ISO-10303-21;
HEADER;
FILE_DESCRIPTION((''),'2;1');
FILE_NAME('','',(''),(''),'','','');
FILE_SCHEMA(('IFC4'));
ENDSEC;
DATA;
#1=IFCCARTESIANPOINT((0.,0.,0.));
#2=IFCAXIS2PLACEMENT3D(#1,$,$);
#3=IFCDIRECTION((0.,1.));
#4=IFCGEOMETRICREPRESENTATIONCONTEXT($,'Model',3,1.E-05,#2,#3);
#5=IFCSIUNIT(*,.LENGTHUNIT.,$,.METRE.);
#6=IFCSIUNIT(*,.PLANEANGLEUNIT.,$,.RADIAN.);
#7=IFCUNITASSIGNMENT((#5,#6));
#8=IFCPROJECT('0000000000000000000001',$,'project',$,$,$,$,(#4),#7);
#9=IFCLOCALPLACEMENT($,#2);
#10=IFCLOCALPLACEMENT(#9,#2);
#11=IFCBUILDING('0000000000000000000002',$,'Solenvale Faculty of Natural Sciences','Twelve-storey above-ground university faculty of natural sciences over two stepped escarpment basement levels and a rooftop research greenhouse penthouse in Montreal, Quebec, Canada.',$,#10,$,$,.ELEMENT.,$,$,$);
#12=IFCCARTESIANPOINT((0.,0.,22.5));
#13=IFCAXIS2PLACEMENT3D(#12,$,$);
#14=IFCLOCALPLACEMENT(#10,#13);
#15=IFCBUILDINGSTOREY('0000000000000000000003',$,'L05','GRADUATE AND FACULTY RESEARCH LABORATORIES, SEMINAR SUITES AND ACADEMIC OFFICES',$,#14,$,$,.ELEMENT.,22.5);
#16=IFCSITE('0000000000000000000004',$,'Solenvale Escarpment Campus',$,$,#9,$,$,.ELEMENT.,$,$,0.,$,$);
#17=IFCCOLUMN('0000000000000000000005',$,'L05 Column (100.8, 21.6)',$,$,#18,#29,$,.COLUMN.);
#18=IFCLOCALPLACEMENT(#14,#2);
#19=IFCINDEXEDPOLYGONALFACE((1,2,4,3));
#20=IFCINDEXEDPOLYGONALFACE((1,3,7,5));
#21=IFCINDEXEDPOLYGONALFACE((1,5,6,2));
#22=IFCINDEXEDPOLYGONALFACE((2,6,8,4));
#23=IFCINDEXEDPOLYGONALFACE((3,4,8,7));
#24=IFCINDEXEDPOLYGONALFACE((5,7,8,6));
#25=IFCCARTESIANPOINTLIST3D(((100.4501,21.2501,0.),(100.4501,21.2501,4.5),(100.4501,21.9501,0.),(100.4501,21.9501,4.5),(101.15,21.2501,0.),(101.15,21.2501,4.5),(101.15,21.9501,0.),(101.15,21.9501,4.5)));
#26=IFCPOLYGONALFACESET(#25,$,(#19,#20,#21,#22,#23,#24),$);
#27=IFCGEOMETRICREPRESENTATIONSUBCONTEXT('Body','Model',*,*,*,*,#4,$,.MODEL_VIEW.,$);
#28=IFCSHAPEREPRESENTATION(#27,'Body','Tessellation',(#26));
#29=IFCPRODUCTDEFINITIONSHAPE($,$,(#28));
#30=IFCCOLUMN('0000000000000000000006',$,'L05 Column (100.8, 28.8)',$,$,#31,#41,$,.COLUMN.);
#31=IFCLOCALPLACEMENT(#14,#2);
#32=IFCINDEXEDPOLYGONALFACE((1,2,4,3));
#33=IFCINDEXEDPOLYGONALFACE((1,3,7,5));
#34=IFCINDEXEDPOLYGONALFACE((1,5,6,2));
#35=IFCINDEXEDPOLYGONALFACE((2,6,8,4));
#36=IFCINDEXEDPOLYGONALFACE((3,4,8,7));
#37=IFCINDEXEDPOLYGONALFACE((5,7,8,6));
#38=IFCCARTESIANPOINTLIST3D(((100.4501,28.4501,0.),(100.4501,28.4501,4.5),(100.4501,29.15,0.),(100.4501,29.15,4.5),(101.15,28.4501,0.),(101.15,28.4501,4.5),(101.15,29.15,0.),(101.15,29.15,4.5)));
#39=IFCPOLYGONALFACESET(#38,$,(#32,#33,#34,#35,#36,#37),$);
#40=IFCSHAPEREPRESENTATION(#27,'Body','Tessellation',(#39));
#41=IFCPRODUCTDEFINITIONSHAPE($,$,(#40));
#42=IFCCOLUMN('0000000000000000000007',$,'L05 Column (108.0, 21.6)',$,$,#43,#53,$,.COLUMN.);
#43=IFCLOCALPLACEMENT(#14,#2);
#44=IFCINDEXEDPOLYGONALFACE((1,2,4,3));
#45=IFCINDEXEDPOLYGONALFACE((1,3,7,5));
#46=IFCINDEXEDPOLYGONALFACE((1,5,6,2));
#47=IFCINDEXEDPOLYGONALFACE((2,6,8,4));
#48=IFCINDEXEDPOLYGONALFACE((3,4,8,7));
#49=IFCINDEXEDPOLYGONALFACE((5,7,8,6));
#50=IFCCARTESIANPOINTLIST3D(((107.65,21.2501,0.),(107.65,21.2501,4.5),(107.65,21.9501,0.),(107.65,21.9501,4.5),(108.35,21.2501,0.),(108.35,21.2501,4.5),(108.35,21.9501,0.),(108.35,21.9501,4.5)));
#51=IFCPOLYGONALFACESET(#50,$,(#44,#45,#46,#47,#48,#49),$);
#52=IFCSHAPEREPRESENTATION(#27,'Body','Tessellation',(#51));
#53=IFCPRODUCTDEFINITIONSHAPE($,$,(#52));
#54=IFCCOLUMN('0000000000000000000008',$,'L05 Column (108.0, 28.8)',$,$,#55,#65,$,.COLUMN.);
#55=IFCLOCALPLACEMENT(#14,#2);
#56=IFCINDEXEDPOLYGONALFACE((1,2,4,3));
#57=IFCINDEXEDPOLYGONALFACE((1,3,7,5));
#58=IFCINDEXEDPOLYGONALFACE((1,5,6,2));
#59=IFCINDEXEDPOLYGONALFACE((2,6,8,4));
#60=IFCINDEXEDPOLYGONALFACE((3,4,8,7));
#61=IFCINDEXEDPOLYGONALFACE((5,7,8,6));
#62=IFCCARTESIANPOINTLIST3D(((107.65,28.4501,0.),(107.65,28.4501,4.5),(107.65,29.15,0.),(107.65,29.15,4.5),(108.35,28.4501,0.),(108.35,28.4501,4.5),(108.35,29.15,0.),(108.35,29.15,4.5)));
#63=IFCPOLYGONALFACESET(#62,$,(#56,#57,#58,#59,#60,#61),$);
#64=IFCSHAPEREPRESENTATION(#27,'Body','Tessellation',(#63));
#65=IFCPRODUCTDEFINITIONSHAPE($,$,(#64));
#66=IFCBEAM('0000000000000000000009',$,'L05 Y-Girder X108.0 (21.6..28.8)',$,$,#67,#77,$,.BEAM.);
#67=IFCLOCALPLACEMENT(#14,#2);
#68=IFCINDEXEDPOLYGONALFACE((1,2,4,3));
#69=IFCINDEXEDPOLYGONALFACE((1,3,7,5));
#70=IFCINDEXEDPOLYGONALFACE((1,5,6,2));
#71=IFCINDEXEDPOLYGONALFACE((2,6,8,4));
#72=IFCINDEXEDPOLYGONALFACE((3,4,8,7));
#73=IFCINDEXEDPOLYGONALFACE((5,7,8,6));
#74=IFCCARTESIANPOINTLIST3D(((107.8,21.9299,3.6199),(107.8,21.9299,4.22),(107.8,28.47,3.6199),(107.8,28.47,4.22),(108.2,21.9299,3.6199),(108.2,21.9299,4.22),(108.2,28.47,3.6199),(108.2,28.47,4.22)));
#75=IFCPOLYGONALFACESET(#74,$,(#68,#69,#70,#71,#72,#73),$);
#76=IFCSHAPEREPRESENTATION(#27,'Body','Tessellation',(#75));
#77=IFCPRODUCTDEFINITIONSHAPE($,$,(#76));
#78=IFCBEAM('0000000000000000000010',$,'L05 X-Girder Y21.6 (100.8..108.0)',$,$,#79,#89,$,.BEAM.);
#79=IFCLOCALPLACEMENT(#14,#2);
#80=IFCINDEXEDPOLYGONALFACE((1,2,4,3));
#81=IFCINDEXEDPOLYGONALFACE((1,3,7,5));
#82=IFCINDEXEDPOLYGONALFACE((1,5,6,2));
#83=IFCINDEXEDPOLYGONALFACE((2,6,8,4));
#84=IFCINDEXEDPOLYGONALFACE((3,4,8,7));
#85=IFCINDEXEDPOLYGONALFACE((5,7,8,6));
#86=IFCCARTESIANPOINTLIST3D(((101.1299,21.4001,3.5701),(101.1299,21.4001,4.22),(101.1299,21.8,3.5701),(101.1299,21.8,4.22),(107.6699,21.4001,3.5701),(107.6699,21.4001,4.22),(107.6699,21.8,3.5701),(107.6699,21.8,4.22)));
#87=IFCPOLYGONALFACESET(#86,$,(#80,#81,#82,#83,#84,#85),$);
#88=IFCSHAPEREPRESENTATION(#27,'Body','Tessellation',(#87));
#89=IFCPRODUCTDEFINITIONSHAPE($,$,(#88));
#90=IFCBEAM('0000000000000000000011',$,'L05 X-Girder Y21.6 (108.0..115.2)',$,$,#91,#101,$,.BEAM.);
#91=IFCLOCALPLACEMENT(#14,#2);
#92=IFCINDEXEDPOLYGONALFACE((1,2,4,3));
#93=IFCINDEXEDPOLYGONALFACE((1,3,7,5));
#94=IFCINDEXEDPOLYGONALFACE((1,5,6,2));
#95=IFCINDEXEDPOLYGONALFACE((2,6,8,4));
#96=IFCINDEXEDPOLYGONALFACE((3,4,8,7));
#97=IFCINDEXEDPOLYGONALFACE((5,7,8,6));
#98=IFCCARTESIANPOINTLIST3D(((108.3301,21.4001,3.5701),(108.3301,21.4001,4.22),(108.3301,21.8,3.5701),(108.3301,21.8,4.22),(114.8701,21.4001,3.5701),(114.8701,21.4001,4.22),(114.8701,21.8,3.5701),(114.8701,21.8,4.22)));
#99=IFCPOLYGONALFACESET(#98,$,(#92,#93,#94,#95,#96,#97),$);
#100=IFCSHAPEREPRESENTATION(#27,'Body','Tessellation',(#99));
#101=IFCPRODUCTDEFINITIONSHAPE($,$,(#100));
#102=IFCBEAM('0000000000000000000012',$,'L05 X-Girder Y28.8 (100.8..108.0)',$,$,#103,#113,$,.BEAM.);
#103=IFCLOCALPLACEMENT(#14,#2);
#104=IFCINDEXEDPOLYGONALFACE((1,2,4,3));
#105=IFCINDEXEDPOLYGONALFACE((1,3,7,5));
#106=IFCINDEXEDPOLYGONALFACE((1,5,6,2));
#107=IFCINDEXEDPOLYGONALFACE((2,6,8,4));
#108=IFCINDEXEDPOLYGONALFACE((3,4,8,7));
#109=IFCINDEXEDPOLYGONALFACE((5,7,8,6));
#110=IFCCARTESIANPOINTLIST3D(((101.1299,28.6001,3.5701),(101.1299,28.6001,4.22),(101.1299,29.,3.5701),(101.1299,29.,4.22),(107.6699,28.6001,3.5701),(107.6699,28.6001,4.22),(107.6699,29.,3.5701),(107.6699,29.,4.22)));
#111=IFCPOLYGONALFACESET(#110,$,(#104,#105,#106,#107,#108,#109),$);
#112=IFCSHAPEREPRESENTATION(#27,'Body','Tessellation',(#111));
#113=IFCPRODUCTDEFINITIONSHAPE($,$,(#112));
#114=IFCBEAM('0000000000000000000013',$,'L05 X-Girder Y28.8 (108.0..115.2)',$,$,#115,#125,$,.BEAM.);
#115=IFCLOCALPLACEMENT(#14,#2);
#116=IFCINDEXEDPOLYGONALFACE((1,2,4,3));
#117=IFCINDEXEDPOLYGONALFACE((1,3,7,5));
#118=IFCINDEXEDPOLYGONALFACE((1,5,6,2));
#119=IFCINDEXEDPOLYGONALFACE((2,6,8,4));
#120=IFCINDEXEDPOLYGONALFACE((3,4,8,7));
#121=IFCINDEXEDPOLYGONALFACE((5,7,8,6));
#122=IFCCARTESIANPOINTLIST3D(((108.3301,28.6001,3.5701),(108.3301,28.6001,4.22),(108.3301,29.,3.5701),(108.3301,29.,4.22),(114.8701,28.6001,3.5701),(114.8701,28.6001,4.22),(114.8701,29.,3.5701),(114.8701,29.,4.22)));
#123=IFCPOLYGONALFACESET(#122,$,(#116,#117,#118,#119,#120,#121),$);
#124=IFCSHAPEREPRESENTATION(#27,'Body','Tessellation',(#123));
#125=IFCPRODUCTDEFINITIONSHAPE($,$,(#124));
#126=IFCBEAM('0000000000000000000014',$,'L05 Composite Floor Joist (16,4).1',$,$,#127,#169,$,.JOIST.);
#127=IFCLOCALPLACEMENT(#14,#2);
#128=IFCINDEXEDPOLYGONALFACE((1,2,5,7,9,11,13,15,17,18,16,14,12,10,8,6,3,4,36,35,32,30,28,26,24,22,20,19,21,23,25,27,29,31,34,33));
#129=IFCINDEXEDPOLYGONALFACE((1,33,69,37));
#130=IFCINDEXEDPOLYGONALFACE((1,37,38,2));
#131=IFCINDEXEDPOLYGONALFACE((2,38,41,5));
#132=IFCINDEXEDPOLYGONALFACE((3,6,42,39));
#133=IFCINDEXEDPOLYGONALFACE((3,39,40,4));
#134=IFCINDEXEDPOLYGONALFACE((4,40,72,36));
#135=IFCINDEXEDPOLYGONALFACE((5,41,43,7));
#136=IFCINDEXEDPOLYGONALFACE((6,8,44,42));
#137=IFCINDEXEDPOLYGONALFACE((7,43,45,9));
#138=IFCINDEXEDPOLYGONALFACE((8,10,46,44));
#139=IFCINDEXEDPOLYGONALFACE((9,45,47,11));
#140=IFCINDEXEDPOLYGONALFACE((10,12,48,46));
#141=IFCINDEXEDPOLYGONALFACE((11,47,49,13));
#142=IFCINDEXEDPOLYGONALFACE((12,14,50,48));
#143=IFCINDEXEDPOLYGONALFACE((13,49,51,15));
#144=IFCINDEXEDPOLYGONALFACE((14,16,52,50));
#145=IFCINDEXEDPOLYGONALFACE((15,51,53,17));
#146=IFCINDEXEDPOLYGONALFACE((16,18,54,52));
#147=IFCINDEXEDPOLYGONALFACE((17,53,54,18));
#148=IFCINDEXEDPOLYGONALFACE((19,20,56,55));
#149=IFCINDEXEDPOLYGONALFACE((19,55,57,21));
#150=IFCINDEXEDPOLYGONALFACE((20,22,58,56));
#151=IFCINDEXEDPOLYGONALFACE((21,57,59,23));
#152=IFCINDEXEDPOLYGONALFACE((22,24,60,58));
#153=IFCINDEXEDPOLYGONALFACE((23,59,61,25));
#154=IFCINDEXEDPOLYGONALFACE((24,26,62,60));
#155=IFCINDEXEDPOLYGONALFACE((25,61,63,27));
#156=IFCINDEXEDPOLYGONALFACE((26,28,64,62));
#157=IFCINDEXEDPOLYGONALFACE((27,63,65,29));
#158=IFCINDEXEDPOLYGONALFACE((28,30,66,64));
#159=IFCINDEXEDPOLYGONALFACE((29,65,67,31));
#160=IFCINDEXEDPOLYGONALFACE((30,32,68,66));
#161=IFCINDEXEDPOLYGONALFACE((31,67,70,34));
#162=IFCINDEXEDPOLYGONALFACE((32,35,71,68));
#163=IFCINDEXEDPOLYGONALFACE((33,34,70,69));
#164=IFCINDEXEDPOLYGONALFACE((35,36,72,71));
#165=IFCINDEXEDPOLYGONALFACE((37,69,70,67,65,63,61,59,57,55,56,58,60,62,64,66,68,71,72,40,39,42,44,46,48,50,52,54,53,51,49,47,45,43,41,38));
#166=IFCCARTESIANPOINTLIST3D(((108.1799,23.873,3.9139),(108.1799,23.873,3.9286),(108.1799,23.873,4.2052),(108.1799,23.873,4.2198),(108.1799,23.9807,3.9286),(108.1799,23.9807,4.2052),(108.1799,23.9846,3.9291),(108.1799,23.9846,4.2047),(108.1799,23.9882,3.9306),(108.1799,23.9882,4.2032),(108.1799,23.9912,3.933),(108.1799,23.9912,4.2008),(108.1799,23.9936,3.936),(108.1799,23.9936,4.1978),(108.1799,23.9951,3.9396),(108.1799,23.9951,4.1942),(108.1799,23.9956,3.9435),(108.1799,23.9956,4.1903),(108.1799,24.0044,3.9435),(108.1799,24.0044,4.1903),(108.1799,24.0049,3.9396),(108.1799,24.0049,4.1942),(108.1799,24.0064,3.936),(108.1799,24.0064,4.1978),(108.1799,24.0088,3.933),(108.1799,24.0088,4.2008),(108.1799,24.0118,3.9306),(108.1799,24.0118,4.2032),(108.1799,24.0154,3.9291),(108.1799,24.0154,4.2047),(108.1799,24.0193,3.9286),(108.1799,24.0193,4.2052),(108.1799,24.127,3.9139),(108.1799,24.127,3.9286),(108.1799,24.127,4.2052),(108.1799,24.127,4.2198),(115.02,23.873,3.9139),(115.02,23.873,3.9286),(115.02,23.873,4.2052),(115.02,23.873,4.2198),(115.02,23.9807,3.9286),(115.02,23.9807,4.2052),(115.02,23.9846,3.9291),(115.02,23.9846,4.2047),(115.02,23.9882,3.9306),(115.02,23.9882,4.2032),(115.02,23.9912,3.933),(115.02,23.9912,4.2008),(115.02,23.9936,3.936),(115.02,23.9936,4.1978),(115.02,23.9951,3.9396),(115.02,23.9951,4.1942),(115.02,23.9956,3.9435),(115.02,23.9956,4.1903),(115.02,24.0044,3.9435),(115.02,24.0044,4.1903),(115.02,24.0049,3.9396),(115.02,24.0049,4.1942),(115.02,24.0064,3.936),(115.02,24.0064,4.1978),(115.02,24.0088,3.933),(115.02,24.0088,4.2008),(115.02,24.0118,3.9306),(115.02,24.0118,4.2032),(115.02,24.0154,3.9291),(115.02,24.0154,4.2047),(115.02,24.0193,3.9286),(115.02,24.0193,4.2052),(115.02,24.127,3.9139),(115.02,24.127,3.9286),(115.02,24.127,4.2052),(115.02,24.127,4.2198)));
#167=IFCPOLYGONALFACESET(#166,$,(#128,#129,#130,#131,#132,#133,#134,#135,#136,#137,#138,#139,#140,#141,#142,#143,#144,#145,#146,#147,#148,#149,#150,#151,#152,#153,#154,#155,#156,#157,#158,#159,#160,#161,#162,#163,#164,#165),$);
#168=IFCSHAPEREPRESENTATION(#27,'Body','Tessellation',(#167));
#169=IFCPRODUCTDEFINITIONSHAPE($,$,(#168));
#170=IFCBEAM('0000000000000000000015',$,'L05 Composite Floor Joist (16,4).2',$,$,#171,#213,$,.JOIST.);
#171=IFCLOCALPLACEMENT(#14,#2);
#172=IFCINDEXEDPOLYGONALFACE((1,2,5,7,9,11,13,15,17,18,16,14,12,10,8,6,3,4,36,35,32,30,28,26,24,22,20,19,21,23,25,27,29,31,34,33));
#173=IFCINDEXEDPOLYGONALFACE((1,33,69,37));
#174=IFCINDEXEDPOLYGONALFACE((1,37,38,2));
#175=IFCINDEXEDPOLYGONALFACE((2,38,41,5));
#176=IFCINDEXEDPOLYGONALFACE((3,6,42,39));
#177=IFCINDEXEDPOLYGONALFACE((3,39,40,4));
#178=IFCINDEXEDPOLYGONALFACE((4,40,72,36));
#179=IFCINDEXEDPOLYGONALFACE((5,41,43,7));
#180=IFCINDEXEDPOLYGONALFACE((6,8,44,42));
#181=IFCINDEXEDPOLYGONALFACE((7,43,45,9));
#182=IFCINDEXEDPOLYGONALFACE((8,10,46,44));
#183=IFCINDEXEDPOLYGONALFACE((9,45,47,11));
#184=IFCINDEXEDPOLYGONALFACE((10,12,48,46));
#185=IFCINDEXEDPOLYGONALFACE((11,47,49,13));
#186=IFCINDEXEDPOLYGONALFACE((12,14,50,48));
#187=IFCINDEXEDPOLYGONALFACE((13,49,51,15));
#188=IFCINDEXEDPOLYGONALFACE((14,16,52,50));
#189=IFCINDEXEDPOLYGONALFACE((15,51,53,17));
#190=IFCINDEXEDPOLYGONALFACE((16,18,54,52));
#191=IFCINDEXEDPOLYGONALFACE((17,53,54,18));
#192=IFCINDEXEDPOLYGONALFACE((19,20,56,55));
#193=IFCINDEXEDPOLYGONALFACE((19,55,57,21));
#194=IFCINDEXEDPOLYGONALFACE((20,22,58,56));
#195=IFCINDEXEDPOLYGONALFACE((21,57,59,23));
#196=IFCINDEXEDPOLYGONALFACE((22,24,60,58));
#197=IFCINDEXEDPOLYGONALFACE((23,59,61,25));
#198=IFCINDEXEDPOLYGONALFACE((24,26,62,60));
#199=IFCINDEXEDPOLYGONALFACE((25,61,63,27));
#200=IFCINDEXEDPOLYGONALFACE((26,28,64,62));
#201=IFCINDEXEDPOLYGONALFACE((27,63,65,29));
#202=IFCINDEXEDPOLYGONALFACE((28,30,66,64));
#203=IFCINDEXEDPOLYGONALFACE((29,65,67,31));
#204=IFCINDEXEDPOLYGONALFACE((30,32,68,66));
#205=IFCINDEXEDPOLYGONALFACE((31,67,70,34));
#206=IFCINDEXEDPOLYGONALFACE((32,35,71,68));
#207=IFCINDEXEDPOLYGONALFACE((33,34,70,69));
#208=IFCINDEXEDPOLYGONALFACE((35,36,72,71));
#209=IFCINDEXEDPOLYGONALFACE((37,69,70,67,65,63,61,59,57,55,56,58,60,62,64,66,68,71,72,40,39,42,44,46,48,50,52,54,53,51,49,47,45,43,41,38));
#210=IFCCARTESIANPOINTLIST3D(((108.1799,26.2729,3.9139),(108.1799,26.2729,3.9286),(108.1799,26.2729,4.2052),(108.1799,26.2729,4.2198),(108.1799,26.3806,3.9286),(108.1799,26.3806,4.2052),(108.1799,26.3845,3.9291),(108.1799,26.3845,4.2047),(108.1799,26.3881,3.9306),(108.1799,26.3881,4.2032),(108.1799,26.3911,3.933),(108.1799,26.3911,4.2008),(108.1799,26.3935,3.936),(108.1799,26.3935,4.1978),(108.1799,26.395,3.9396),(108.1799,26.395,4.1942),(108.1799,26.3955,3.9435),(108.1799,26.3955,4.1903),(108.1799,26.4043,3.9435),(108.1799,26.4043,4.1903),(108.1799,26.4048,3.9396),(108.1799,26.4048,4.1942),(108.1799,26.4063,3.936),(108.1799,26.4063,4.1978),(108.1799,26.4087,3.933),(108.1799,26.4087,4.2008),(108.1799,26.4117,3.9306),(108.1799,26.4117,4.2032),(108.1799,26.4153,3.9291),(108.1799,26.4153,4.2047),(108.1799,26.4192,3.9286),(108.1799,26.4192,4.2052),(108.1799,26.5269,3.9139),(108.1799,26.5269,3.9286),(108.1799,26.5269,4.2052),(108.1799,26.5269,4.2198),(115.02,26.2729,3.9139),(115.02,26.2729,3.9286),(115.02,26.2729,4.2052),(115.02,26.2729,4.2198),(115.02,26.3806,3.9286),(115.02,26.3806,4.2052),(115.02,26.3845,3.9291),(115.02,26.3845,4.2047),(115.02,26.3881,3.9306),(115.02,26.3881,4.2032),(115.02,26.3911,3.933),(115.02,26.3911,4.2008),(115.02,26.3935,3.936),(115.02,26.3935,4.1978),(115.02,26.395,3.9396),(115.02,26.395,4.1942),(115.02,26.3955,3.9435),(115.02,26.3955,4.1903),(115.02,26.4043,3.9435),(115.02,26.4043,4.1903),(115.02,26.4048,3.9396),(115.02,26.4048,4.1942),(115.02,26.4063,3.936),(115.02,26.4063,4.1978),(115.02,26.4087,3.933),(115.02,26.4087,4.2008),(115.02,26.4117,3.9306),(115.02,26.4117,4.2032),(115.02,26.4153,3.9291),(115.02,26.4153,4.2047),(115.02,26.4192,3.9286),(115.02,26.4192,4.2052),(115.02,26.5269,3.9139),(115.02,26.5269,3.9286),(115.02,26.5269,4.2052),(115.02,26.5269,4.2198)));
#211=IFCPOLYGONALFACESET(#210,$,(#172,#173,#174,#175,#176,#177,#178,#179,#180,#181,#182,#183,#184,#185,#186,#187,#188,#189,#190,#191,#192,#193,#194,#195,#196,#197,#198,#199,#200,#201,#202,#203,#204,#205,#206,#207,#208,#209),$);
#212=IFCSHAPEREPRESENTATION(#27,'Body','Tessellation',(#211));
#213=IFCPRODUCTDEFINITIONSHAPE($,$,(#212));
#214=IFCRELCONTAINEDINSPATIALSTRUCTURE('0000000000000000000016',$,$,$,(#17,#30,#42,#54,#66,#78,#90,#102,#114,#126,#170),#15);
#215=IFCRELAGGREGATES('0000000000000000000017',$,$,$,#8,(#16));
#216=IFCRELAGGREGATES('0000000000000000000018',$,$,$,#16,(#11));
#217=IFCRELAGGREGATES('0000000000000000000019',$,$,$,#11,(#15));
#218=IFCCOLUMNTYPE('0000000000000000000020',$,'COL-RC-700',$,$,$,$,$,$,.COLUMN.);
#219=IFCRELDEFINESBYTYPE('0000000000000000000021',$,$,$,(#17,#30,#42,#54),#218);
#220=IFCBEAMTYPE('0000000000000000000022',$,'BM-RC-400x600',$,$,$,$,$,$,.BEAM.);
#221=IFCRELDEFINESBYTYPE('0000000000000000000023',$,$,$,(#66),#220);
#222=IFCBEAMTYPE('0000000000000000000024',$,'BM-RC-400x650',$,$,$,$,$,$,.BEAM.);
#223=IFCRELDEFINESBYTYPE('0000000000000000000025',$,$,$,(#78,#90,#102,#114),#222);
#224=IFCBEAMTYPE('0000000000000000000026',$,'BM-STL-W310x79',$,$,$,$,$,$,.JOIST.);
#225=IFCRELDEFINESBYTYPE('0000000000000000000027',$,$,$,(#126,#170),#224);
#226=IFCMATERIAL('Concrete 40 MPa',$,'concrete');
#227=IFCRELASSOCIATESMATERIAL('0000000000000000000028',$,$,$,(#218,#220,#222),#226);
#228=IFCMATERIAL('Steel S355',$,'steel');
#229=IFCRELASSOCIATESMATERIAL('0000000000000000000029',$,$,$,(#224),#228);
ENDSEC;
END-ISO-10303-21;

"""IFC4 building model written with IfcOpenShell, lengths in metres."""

from ifc_helpers import new_model, si_unit, direction, frame, origin, origin_2d, place, context, subcontext, project, spatial, rectangle, i_section, extrude, material, material_profile, profile_set, type_object, element, save


model = new_model("IFC4")

# Units and contexts
model_context = context("Model", 3, precision=1e-05, world=origin(), true_north=direction((0.0, 1.0)))
body_context = subcontext(model_context, "Body", "Model", "MODEL_VIEW")
ifc_project = project(units=[si_unit("LENGTHUNIT", "METRE"), si_unit("PLANEANGLEUNIT", "RADIAN")], contexts=[model_context])

# Site, building, storey
site_placement = place(None, origin())
site = spatial("IfcSite", under=ifc_project, at=site_placement, Name="Solenvale Escarpment Campus", CompositionType="ELEMENT", RefElevation=0.0)
building_placement = place(site_placement, origin())
building = spatial("IfcBuilding", under=site, at=building_placement, Name="Solenvale Faculty of Natural Sciences", Description="Twelve-storey above-ground university faculty of natural sciences over two stepped escarpment basement levels and a rooftop research greenhouse penthouse in Montreal, Quebec, Canada.", CompositionType="ELEMENT")
storey_placement = place(building_placement, frame((0.0, 0.0, 22.5)))
storey = spatial("IfcBuildingStorey", under=building, at=storey_placement, Name="L05", Description="GRADUATE AND FACULTY RESEARCH LABORATORIES, SEMINAR SUITES AND ACADEMIC OFFICES", CompositionType="ELEMENT", Elevation=22.5)

# Columns
ifc_material_1 = material(Name="Concrete 40 MPa", Category="concrete")
ifc_material_profile_1 = material_profile(ifc_material_1, rectangle(XDim=0.7, YDim=0.7, at=origin_2d()), Name="RC-COL-700x700")
ifc_profile_set_1 = profile_set([ifc_material_profile_1], Name="Concrete 40 MPa")
column_type = type_object("IfcColumnType", Name="COL-RC-700", PredefinedType="COLUMN", material=ifc_profile_set_1)
for number, where, z_axis, x_axis, name in (
    (1, (100.8, 21.6001, 0.0), (0.0, 0.0, 1.0), (1.0, 0.0, 0.0), "L05 Column (100.8, 21.6)"),
    (2, (100.8, 28.8, 0.0), (0.0, 0.0, 1.0), (1.0, 0.0, 0.0), "L05 Column (100.8, 28.8)"),
    (3, (108.0, 21.6001, 0.0), (0.0, 0.0, 1.0), (1.0, 0.0, 0.0), "L05 Column (108.0, 21.6)"),
    (4, (108.0, 28.8, 0.0), (0.0, 0.0, 1.0), (1.0, 0.0, 0.0), "L05 Column (108.0, 28.8)"),
):
    element("IfcColumn", number, at=place(storey_placement, frame(where, z_axis=z_axis, x_axis=x_axis)), inside=storey, type_object=column_type, Name=name, PredefinedType="COLUMN", context=body_context, shape_type="SweptSolid", body=[
        extrude(rectangle(XDim=0.7, YDim=0.7, at=origin_2d()), origin(), (0.0, 0.0, 1.0), 4.5),
    ])

# Beams
ifc_material_profile_2 = material_profile(ifc_material_1, rectangle(XDim=0.3999, YDim=0.6001, at=origin_2d()), Name="RC-BM-400x600")
ifc_profile_set_2 = profile_set([ifc_material_profile_2], Name="Concrete 40 MPa")
beam_type_1 = type_object("IfcBeamType", Name="BM-RC-400x600", PredefinedType="BEAM", material=ifc_profile_set_2)
beam_1_placement = place(storey_placement, frame((108.0, 21.9299, 3.9199), z_axis=(0.0, 1.0, 0.0), x_axis=(-1.0, 0.0, 0.0)))
element("IfcBeam", 5, at=beam_1_placement, inside=storey, type_object=beam_type_1, Name="L05 Y-Girder X108.0 (21.6..28.8)", PredefinedType="BEAM", context=body_context, shape_type="SweptSolid", body=[
    extrude(rectangle(XDim=0.3999, YDim=0.6001, at=origin_2d()), origin(), (0.0, 0.0, 1.0), 6.54),
])
ifc_material_profile_3 = material_profile(ifc_material_1, rectangle(XDim=0.3999, YDim=0.6499, at=origin_2d()), Name="RC-BM-400x650")
ifc_profile_set_3 = profile_set([ifc_material_profile_3], Name="Concrete 40 MPa")
beam_type_2 = type_object("IfcBeamType", Name="BM-RC-400x650", PredefinedType="BEAM", material=ifc_profile_set_3)
for number, where, z_axis, x_axis, name in (
    (6, (101.1299, 21.6001, 3.895), (1.0, 0.0, 0.0), (0.0, 1.0, 0.0), "L05 X-Girder Y21.6 (100.8..108.0)"),
    (7, (108.3301, 21.6001, 3.895), (1.0, 0.0, 0.0), (0.0, 1.0, 0.0), "L05 X-Girder Y21.6 (108.0..115.2)"),
    (8, (101.1299, 28.8, 3.895), (1.0, 0.0, 0.0), (0.0, 1.0, 0.0), "L05 X-Girder Y28.8 (100.8..108.0)"),
    (9, (108.3301, 28.8, 3.895), (1.0, 0.0, 0.0), (0.0, 1.0, 0.0), "L05 X-Girder Y28.8 (108.0..115.2)"),
):
    element("IfcBeam", number, at=place(storey_placement, frame(where, z_axis=z_axis, x_axis=x_axis)), inside=storey, type_object=beam_type_2, Name=name, PredefinedType="BEAM", context=body_context, shape_type="SweptSolid", body=[
        extrude(rectangle(XDim=0.3999, YDim=0.6499, at=origin_2d()), origin(), (0.0, 0.0, 1.0), 6.54),
    ])
ifc_material_2 = material(Name="Steel S355", Category="steel")
ifc_material_profile_4 = material_profile(ifc_material_2, i_section(OverallWidth=0.2539, OverallDepth=0.3059, WebThickness=0.0088, FlangeThickness=0.0146, FilletRadius=0.0149, at=origin_2d()), Name="W310x79")
ifc_profile_set_4 = profile_set([ifc_material_profile_4], Name="Steel S355")
beam_type_3 = type_object("IfcBeamType", Name="BM-STL-W310x79", PredefinedType="JOIST", material=ifc_profile_set_4)
for number, where, z_axis, x_axis, name in (
    (10, (108.1799, 24.0, 4.0669), (1.0, 0.0, 0.0), (0.0, 1.0, 0.0), "L05 Composite Floor Joist (16,4).1"),
    (11, (108.1799, 26.3999, 4.0669), (1.0, 0.0, 0.0), (0.0, 1.0, 0.0), "L05 Composite Floor Joist (16,4).2"),
):
    element("IfcBeam", number, at=place(storey_placement, frame(where, z_axis=z_axis, x_axis=x_axis)), inside=storey, type_object=beam_type_3, Name=name, PredefinedType="JOIST", context=body_context, shape_type="SweptSolid", body=[
        extrude(i_section(OverallWidth=0.2539, OverallDepth=0.3059, WebThickness=0.0088, FlangeThickness=0.0146, FilletRadius=0.0149, at=origin_2d()), origin(), (0.0, 0.0, 1.0), 6.8401),
    ])

save(model, "model.ifc")
